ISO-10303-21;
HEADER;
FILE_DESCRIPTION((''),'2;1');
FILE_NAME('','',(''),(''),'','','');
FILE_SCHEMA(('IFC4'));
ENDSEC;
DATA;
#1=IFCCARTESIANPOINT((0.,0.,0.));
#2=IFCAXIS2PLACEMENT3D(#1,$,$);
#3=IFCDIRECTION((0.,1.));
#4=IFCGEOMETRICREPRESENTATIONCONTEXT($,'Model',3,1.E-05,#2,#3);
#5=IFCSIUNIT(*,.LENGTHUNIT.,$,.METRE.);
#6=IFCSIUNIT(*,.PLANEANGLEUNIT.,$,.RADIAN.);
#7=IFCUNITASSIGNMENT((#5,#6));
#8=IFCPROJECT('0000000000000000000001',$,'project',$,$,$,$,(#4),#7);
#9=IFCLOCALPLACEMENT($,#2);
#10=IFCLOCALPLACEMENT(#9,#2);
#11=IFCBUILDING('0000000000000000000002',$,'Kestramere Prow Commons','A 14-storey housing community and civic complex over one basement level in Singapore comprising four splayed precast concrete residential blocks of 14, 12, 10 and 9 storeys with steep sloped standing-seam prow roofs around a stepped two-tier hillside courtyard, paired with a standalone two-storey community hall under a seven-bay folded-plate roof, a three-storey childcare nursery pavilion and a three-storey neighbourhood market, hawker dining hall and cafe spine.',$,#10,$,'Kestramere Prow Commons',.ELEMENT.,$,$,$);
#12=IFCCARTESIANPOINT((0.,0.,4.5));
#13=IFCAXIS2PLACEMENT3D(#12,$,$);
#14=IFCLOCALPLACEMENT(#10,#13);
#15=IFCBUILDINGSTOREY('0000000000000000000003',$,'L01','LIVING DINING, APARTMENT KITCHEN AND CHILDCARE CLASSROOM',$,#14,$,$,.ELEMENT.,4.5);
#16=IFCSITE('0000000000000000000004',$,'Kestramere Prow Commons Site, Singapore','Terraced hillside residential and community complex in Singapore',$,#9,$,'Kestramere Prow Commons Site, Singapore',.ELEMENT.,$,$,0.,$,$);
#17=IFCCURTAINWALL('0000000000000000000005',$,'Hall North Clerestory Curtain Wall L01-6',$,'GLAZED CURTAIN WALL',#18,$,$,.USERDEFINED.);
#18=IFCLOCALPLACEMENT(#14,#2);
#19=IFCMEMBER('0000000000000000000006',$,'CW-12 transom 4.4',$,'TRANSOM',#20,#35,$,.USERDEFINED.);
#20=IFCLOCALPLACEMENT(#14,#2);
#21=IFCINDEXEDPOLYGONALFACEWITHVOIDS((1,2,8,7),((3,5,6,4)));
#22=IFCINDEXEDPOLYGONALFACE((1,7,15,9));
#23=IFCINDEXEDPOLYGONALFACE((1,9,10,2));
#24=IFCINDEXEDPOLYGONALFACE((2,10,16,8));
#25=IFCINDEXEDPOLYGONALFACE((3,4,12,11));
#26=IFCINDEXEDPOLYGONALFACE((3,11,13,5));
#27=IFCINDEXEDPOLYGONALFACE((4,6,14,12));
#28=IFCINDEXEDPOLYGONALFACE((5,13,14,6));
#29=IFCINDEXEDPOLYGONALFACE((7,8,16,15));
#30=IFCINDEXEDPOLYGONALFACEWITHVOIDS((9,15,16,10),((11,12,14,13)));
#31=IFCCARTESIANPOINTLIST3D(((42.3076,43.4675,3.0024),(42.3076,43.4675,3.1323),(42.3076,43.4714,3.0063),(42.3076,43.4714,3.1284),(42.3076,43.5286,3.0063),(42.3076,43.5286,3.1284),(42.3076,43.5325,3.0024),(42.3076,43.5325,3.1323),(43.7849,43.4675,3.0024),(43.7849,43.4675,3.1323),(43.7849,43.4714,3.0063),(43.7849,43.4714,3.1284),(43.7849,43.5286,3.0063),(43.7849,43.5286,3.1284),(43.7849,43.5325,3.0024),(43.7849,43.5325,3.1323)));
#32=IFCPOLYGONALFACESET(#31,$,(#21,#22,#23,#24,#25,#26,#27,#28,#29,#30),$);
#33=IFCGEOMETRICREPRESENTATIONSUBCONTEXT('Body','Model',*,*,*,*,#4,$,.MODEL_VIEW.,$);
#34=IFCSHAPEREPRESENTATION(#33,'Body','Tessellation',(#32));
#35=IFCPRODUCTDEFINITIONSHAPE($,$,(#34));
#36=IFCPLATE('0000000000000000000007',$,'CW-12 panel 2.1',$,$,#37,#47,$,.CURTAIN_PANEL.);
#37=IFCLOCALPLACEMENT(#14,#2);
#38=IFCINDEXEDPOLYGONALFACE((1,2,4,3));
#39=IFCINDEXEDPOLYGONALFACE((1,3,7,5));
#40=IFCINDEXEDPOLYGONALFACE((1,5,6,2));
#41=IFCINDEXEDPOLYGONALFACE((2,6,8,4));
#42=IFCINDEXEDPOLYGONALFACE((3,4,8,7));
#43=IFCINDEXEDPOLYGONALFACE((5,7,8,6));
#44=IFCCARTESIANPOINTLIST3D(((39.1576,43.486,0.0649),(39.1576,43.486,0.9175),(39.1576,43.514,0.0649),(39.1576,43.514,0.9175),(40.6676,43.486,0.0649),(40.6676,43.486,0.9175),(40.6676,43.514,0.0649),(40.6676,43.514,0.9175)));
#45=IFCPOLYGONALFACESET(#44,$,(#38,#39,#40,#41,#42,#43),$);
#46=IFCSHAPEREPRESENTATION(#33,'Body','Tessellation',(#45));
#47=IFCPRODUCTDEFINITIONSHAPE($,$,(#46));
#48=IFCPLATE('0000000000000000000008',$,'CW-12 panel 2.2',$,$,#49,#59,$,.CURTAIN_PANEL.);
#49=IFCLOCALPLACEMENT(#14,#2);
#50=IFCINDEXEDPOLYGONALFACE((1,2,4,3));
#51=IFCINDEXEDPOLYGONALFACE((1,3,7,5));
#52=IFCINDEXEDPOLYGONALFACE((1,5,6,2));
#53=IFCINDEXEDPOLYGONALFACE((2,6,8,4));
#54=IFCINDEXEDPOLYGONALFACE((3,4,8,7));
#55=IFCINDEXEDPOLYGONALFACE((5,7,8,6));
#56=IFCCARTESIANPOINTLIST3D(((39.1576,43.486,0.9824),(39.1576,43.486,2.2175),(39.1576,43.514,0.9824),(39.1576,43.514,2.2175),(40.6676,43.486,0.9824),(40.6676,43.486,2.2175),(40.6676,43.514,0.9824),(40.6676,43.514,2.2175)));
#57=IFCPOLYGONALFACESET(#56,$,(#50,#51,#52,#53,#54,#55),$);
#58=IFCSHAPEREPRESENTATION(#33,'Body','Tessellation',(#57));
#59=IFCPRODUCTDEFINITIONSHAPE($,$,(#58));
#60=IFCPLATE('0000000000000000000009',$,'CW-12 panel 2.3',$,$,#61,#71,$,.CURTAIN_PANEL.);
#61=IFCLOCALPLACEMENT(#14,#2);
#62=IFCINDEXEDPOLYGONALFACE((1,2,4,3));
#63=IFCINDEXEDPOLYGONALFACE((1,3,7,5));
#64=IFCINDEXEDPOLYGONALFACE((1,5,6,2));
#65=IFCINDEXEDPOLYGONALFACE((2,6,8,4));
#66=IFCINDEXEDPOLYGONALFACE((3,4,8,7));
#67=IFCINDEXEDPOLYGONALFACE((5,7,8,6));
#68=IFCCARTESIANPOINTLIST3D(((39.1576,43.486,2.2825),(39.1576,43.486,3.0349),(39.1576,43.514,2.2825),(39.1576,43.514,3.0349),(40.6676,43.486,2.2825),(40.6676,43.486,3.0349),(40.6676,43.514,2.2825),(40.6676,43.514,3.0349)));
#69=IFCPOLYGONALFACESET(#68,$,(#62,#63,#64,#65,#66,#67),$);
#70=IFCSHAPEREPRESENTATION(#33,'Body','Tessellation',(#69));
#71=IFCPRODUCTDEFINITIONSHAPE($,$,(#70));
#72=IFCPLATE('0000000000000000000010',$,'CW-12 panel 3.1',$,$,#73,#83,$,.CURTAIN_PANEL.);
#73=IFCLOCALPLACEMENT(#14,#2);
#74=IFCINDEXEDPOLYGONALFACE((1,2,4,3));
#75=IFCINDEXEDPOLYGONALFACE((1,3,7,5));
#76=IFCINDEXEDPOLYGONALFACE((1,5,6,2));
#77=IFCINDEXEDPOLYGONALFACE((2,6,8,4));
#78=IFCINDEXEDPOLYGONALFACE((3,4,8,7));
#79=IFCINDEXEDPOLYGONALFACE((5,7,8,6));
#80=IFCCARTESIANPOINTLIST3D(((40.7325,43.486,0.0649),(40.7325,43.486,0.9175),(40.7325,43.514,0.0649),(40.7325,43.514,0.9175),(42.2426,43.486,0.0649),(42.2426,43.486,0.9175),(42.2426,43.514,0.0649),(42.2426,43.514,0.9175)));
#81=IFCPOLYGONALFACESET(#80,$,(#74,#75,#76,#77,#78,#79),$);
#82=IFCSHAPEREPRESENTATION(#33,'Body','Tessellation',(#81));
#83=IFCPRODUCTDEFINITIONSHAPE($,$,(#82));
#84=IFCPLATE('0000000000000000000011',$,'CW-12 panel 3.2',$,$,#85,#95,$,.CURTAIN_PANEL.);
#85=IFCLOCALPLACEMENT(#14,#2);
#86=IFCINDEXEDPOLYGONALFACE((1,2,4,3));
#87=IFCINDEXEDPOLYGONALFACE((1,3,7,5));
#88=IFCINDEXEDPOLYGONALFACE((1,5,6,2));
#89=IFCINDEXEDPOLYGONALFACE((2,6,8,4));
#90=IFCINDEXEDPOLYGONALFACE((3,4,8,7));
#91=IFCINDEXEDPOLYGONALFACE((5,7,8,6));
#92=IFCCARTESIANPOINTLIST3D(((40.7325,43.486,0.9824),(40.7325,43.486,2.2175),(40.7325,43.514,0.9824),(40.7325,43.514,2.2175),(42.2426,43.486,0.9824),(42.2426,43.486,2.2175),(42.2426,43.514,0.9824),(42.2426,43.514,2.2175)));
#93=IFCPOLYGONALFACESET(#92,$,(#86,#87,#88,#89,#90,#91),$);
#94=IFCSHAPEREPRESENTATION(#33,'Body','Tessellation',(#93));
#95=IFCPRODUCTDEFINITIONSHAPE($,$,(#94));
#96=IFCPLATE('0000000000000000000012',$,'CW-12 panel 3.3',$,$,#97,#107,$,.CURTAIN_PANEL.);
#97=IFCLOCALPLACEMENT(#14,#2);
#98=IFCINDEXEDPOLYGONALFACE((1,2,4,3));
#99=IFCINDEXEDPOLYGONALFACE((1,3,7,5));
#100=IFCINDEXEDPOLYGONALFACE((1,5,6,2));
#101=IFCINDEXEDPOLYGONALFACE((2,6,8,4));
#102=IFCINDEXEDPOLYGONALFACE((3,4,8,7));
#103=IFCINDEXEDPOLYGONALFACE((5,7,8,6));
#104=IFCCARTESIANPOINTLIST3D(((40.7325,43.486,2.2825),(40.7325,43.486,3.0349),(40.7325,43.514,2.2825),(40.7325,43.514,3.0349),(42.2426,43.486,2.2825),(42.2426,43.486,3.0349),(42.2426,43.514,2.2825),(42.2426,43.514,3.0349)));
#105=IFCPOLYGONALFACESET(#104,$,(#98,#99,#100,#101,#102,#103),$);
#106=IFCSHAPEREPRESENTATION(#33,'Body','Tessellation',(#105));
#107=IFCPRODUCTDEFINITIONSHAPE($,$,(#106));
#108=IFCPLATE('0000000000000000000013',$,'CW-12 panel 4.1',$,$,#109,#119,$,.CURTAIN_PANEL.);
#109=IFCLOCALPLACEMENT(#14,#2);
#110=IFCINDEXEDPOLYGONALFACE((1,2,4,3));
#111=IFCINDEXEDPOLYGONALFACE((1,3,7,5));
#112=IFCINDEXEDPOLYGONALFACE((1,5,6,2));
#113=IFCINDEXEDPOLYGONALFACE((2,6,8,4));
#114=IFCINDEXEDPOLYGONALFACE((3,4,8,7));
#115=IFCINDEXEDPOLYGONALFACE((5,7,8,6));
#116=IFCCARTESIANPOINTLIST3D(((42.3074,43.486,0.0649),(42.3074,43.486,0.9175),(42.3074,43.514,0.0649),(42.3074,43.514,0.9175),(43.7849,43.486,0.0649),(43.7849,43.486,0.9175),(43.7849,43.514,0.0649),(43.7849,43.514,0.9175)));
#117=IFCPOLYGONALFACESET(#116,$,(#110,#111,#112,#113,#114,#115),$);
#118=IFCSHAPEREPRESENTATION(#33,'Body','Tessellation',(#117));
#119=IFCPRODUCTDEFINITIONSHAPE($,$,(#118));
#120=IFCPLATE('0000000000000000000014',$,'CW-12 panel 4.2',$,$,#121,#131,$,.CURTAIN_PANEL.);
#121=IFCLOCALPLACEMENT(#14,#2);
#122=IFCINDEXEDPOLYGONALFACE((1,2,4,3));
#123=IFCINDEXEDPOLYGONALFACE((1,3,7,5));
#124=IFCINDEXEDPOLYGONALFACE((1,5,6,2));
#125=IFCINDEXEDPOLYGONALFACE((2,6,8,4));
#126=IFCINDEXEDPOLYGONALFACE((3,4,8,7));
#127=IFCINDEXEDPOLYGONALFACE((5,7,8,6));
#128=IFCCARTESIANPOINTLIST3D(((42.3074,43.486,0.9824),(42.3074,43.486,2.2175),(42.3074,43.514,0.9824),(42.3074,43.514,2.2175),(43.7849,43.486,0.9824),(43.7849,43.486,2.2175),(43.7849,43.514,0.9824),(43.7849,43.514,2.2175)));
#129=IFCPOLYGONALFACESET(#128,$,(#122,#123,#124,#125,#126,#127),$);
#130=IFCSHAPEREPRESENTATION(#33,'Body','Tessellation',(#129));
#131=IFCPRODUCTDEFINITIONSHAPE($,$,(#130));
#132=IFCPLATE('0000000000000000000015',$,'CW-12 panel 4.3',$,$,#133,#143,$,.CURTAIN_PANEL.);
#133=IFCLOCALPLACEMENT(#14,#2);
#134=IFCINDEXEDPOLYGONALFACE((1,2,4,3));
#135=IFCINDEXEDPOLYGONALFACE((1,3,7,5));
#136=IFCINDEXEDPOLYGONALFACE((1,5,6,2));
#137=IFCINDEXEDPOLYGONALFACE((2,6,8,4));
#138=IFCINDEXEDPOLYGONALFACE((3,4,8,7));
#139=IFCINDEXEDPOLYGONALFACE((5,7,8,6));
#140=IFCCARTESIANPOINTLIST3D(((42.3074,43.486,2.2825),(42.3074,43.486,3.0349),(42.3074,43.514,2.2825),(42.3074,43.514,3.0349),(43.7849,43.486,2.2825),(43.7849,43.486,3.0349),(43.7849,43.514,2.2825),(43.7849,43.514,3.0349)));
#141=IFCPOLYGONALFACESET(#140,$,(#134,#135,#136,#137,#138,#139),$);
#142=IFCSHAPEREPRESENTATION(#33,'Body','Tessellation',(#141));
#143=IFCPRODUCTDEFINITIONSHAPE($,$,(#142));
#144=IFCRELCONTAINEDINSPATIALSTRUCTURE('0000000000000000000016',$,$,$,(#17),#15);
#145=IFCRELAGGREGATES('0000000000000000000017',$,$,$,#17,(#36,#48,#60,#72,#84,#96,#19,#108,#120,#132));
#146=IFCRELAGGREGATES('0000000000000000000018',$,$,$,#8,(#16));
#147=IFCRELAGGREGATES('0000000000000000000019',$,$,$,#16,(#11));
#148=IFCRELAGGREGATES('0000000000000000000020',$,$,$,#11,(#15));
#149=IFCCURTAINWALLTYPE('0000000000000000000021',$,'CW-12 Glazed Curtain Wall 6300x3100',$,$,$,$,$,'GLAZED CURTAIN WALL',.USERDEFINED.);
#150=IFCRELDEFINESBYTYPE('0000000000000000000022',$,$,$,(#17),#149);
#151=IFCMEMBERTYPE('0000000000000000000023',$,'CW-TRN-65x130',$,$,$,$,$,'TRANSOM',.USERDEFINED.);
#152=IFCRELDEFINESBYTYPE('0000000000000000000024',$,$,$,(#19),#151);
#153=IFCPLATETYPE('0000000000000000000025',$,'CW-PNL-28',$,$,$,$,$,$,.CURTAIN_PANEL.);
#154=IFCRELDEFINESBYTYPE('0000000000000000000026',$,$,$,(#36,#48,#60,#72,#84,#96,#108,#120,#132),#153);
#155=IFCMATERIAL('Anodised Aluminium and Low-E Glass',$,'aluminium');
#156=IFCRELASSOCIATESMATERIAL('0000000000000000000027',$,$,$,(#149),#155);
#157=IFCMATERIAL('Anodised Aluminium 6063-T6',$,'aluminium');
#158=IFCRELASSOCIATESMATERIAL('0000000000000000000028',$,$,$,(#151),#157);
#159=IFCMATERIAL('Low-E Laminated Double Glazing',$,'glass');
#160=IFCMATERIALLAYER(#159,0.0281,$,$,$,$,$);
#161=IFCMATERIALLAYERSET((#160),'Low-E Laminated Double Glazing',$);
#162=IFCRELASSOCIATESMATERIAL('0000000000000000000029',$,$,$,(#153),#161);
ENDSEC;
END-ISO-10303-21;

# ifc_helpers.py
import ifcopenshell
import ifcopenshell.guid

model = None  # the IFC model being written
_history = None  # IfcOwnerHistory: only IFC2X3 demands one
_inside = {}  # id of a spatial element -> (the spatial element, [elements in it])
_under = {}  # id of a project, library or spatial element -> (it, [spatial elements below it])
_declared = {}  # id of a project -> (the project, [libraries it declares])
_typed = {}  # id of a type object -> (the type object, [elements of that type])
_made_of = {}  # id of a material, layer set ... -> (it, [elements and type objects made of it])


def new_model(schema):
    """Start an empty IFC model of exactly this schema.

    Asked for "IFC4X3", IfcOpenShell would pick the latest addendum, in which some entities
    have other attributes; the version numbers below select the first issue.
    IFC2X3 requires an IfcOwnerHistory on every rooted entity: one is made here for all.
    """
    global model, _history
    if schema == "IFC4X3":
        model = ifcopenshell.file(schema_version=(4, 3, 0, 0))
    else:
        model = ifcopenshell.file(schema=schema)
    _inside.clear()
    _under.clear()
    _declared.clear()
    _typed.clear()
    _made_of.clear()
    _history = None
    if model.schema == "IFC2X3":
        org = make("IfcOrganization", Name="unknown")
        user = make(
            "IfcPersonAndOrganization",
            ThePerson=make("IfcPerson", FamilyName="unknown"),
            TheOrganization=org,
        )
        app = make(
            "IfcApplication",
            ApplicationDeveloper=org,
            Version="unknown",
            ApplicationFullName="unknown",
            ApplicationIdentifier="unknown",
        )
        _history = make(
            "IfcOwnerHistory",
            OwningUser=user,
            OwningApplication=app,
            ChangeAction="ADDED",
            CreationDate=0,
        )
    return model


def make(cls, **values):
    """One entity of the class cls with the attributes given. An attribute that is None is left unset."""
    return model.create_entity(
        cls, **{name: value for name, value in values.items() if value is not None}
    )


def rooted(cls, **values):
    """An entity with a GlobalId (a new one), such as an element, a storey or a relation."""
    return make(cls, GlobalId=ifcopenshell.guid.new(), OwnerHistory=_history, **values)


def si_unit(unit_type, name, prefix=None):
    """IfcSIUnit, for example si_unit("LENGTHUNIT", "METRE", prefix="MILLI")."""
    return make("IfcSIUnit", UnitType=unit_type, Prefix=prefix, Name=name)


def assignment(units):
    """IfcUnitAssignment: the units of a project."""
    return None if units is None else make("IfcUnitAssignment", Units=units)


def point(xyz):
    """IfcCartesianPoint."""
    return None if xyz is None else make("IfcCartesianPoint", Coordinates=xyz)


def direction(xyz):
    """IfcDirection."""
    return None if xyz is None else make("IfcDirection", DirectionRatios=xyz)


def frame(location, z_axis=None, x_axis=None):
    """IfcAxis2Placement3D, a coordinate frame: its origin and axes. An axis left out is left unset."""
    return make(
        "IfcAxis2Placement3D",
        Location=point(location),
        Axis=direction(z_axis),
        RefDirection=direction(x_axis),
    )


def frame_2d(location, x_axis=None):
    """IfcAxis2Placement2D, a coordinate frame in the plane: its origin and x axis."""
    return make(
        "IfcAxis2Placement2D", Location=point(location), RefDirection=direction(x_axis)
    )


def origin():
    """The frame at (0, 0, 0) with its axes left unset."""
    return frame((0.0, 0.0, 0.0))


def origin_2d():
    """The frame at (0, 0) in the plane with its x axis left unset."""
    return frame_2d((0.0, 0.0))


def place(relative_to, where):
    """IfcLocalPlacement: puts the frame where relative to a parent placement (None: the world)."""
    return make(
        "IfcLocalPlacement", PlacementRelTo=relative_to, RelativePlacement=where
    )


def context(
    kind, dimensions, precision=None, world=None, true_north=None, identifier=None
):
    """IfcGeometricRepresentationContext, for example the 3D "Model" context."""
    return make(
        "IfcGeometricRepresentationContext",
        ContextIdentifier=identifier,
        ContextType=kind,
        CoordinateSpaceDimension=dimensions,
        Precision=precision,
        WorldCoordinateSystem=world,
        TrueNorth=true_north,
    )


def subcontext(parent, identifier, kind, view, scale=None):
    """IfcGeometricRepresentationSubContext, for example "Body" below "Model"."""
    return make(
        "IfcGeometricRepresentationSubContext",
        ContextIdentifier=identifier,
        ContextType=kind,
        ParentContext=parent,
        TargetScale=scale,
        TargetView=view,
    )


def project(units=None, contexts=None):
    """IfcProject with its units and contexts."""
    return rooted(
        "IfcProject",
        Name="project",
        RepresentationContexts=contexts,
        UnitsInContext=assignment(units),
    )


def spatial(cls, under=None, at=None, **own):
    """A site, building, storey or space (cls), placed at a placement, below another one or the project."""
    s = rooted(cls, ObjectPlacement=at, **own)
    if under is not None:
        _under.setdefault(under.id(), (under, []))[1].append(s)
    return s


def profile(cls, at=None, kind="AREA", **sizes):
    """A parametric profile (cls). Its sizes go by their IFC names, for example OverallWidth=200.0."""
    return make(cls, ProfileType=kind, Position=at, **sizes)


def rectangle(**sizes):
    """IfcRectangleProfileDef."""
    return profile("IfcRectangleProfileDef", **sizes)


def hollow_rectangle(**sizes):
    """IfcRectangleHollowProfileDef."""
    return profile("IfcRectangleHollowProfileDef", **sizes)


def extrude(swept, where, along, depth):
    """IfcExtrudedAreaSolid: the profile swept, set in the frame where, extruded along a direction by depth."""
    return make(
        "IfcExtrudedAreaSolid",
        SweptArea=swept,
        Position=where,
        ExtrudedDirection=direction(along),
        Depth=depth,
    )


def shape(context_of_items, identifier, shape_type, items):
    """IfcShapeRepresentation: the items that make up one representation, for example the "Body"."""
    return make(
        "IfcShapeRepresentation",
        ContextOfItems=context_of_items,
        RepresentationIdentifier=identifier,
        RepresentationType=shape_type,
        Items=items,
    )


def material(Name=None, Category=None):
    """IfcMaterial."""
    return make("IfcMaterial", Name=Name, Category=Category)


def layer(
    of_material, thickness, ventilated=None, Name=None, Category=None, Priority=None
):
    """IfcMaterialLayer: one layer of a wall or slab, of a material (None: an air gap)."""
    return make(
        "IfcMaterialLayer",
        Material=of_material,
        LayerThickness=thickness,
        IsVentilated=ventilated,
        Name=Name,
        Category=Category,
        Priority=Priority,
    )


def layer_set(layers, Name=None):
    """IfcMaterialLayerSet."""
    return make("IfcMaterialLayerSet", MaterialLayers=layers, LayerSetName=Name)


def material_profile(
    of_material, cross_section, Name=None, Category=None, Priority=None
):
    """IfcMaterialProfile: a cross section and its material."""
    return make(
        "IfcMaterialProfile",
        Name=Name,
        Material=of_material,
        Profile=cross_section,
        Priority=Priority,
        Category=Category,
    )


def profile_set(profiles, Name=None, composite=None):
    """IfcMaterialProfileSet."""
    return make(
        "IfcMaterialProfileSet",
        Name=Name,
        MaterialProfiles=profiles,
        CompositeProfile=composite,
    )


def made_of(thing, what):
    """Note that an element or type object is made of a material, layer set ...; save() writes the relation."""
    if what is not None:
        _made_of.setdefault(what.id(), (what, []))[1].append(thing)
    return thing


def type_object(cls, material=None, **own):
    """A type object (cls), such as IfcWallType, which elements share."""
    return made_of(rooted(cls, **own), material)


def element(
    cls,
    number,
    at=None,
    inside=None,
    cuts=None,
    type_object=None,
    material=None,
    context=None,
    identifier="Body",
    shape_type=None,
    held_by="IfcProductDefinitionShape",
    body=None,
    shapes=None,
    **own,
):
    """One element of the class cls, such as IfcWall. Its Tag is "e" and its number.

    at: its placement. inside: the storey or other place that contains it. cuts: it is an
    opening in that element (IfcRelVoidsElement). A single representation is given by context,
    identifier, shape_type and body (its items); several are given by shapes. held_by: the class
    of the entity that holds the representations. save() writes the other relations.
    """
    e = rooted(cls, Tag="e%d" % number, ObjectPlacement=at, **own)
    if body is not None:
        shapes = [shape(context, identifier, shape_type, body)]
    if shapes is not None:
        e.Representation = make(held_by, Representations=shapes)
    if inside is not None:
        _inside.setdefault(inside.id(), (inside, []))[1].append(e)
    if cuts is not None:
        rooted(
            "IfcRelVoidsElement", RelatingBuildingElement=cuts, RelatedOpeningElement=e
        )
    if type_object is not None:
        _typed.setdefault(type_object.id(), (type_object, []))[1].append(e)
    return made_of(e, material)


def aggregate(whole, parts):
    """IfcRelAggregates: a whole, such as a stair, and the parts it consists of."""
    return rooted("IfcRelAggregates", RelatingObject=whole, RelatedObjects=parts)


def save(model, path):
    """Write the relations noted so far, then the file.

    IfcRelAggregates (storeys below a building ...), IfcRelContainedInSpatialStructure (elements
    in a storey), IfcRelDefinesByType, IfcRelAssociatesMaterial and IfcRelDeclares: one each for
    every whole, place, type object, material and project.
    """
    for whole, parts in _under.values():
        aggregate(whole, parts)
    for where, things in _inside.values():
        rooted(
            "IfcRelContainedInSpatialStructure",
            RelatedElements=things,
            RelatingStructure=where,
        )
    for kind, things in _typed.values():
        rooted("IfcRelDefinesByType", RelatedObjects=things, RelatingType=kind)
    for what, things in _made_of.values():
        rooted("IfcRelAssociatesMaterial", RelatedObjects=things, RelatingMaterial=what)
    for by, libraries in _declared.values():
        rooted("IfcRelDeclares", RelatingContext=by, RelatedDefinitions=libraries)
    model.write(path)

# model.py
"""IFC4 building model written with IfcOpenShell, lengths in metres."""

from ifc_helpers import new_model, si_unit, direction, frame, origin, origin_2d, place, context, subcontext, project, spatial, rectangle, hollow_rectangle, extrude, material, layer, layer_set, material_profile, profile_set, type_object, element, aggregate, save


model = new_model("IFC4")

# Units and contexts
model_context = context("Model", 3, precision=1e-05, world=origin(), true_north=direction((0.0, 1.0)))
body_context = subcontext(model_context, "Body", "Model", "MODEL_VIEW")
ifc_project = project(units=[si_unit("LENGTHUNIT", "METRE"), si_unit("PLANEANGLEUNIT", "RADIAN")], contexts=[model_context])

# Site, building, storey
site_placement = place(None, origin())
site = spatial("IfcSite", under=ifc_project, at=site_placement, Name="Kestramere Prow Commons Site, Singapore", Description="Terraced hillside residential and community complex in Singapore", LongName="Kestramere Prow Commons Site, Singapore", CompositionType="ELEMENT", RefElevation=0.0)
building_placement = place(site_placement, origin())
building = spatial("IfcBuilding", under=site, at=building_placement, Name="Kestramere Prow Commons", Description="A 14-storey housing community and civic complex over one basement level in Singapore comprising four splayed precast concrete residential blocks of 14, 12, 10 and 9 storeys with steep sloped standing-seam prow roofs around a stepped two-tier hillside courtyard, paired with a standalone two-storey community hall under a seven-bay folded-plate roof, a three-storey childcare nursery pavilion and a three-storey neighbourhood market, hawker dining hall and cafe spine.", LongName="Kestramere Prow Commons", CompositionType="ELEMENT")
storey_placement = place(building_placement, frame((0.0, 0.0, 4.5)))
storey = spatial("IfcBuildingStorey", under=building, at=storey_placement, Name="L01", Description="LIVING DINING, APARTMENT KITCHEN AND CHILDCARE CLASSROOM", CompositionType="ELEMENT", Elevation=4.5)

# Curtain wall, member, plates
ifc_material_1 = material(Name="Anodised Aluminium and Low-E Glass", Category="aluminium")
curtain_wall_type = type_object("IfcCurtainWallType", Name="CW-12 Glazed Curtain Wall 6300x3100", ElementType="GLAZED CURTAIN WALL", PredefinedType="USERDEFINED", material=ifc_material_1)
curtain_wall_placement = place(storey_placement, origin())
curtain_wall = element("IfcCurtainWall", 1, at=curtain_wall_placement, inside=storey, type_object=curtain_wall_type, Name="Hall North Clerestory Curtain Wall L01-6", ObjectType="GLAZED CURTAIN WALL", PredefinedType="USERDEFINED")
ifc_material_2 = material(Name="Anodised Aluminium 6063-T6", Category="aluminium")
ifc_material_profile_1 = material_profile(ifc_material_2, hollow_rectangle(XDim=0.0649, YDim=0.1299, WallThickness=0.0039, at=origin_2d()), Name="ALU-TRN 65x130")
ifc_profile_set_1 = profile_set([ifc_material_profile_1], Name="Anodised Aluminium 6063-T6")
member_type_1 = type_object("IfcMemberType", Name="CW-TRN-65x130", ElementType="TRANSOM", PredefinedType="USERDEFINED", material=ifc_profile_set_1)
member_1_placement = place(storey_placement, frame((42.3076, 43.5, 3.0674), z_axis=(1.0, 0.0, 0.0), x_axis=(0.0, 1.0, 0.0)))
member_1 = element("IfcMember", 2, at=member_1_placement, type_object=member_type_1, Name="CW-12 transom 4.4", ObjectType="TRANSOM", PredefinedType="USERDEFINED", context=body_context, shape_type="SweptSolid", body=[
    extrude(hollow_rectangle(XDim=0.0649, YDim=0.1299, WallThickness=0.0039, at=origin_2d()), origin(), (0.0, 0.0, 1.0), 1.4773),
])
ifc_material_3 = material(Name="Low-E Laminated Double Glazing", Category="glass")
ifc_layer = layer(ifc_material_3, 0.0281)
ifc_layer_set = layer_set([ifc_layer], Name="Low-E Laminated Double Glazing")
plate_type = type_object("IfcPlateType", Name="CW-PNL-28", PredefinedType="CURTAIN_PANEL", material=ifc_layer_set)
plate_1_placement = place(storey_placement, frame((39.9126, 43.5, 0.0649), z_axis=(0.0, 0.0, 1.0), x_axis=(1.0, 0.0, 0.0)))
plate_1 = element("IfcPlate", 3, at=plate_1_placement, type_object=plate_type, Name="CW-12 panel 2.1", PredefinedType="CURTAIN_PANEL", context=body_context, shape_type="SweptSolid", body=[
    extrude(rectangle(XDim=1.51, YDim=0.0281, at=origin_2d()), origin(), (0.0, 0.0, 1.0), 0.8525),
])
plate_2_placement = place(storey_placement, frame((39.9126, 43.5, 0.9824), z_axis=(0.0, 0.0, 1.0), x_axis=(1.0, 0.0, 0.0)))
plate_2 = element("IfcPlate", 4, at=plate_2_placement, type_object=plate_type, Name="CW-12 panel 2.2", PredefinedType="CURTAIN_PANEL", context=body_context, shape_type="SweptSolid", body=[
    extrude(rectangle(XDim=1.51, YDim=0.0281, at=origin_2d()), origin(), (0.0, 0.0, 1.0), 1.2351),
])
plate_3_placement = place(storey_placement, frame((39.9126, 43.5, 2.2825), z_axis=(0.0, 0.0, 1.0), x_axis=(1.0, 0.0, 0.0)))
plate_3 = element("IfcPlate", 5, at=plate_3_placement, type_object=plate_type, Name="CW-12 panel 2.3", PredefinedType="CURTAIN_PANEL", context=body_context, shape_type="SweptSolid", body=[
    extrude(rectangle(XDim=1.51, YDim=0.0281, at=origin_2d()), origin(), (0.0, 0.0, 1.0), 0.7524),
])
plate_4_placement = place(storey_placement, frame((41.4875, 43.5, 0.0649), z_axis=(0.0, 0.0, 1.0), x_axis=(1.0, 0.0, 0.0)))
plate_4 = element("IfcPlate", 6, at=plate_4_placement, type_object=plate_type, Name="CW-12 panel 3.1", PredefinedType="CURTAIN_PANEL", context=body_context, shape_type="SweptSolid", body=[
    extrude(rectangle(XDim=1.51, YDim=0.0281, at=origin_2d()), origin(), (0.0, 0.0, 1.0), 0.8525),
])
plate_5_placement = place(storey_placement, frame((41.4875, 43.5, 0.9824), z_axis=(0.0, 0.0, 1.0), x_axis=(1.0, 0.0, 0.0)))
plate_5 = element("IfcPlate", 7, at=plate_5_placement, type_object=plate_type, Name="CW-12 panel 3.2", PredefinedType="CURTAIN_PANEL", context=body_context, shape_type="SweptSolid", body=[
    extrude(rectangle(XDim=1.51, YDim=0.0281, at=origin_2d()), origin(), (0.0, 0.0, 1.0), 1.2351),
])
plate_6_placement = place(storey_placement, frame((41.4875, 43.5, 2.2825), z_axis=(0.0, 0.0, 1.0), x_axis=(1.0, 0.0, 0.0)))
plate_6 = element("IfcPlate", 8, at=plate_6_placement, type_object=plate_type, Name="CW-12 panel 3.3", PredefinedType="CURTAIN_PANEL", context=body_context, shape_type="SweptSolid", body=[
    extrude(rectangle(XDim=1.51, YDim=0.0281, at=origin_2d()), origin(), (0.0, 0.0, 1.0), 0.7524),
])
plate_7_placement = place(storey_placement, frame((43.0461, 43.5, 0.0649), z_axis=(0.0, 0.0, 1.0), x_axis=(1.0, 0.0, 0.0)))
plate_7 = element("IfcPlate", 9, at=plate_7_placement, type_object=plate_type, Name="CW-12 panel 4.1", PredefinedType="CURTAIN_PANEL", context=body_context, shape_type="SweptSolid", body=[
    extrude(rectangle(XDim=1.4775, YDim=0.0281, at=origin_2d()), origin(), (0.0, 0.0, 1.0), 0.8525),
])
plate_8_placement = place(storey_placement, frame((43.0461, 43.5, 0.9824), z_axis=(0.0, 0.0, 1.0), x_axis=(1.0, 0.0, 0.0)))
plate_8 = element("IfcPlate", 10, at=plate_8_placement, type_object=plate_type, Name="CW-12 panel 4.2", PredefinedType="CURTAIN_PANEL", context=body_context, shape_type="SweptSolid", body=[
    extrude(rectangle(XDim=1.4775, YDim=0.0281, at=origin_2d()), origin(), (0.0, 0.0, 1.0), 1.2351),
])
plate_9_placement = place(storey_placement, frame((43.0461, 43.5, 2.2825), z_axis=(0.0, 0.0, 1.0), x_axis=(1.0, 0.0, 0.0)))
plate_9 = element("IfcPlate", 11, at=plate_9_placement, type_object=plate_type, Name="CW-12 panel 4.3", PredefinedType="CURTAIN_PANEL", context=body_context, shape_type="SweptSolid", body=[
    extrude(rectangle(XDim=1.4775, YDim=0.0281, at=origin_2d()), origin(), (0.0, 0.0, 1.0), 0.7524),
])
aggregate(curtain_wall, [plate_1, plate_2, plate_3, plate_4, plate_5, plate_6, member_1, plate_7, plate_8, plate_9])

save(model, "model.ifc")
